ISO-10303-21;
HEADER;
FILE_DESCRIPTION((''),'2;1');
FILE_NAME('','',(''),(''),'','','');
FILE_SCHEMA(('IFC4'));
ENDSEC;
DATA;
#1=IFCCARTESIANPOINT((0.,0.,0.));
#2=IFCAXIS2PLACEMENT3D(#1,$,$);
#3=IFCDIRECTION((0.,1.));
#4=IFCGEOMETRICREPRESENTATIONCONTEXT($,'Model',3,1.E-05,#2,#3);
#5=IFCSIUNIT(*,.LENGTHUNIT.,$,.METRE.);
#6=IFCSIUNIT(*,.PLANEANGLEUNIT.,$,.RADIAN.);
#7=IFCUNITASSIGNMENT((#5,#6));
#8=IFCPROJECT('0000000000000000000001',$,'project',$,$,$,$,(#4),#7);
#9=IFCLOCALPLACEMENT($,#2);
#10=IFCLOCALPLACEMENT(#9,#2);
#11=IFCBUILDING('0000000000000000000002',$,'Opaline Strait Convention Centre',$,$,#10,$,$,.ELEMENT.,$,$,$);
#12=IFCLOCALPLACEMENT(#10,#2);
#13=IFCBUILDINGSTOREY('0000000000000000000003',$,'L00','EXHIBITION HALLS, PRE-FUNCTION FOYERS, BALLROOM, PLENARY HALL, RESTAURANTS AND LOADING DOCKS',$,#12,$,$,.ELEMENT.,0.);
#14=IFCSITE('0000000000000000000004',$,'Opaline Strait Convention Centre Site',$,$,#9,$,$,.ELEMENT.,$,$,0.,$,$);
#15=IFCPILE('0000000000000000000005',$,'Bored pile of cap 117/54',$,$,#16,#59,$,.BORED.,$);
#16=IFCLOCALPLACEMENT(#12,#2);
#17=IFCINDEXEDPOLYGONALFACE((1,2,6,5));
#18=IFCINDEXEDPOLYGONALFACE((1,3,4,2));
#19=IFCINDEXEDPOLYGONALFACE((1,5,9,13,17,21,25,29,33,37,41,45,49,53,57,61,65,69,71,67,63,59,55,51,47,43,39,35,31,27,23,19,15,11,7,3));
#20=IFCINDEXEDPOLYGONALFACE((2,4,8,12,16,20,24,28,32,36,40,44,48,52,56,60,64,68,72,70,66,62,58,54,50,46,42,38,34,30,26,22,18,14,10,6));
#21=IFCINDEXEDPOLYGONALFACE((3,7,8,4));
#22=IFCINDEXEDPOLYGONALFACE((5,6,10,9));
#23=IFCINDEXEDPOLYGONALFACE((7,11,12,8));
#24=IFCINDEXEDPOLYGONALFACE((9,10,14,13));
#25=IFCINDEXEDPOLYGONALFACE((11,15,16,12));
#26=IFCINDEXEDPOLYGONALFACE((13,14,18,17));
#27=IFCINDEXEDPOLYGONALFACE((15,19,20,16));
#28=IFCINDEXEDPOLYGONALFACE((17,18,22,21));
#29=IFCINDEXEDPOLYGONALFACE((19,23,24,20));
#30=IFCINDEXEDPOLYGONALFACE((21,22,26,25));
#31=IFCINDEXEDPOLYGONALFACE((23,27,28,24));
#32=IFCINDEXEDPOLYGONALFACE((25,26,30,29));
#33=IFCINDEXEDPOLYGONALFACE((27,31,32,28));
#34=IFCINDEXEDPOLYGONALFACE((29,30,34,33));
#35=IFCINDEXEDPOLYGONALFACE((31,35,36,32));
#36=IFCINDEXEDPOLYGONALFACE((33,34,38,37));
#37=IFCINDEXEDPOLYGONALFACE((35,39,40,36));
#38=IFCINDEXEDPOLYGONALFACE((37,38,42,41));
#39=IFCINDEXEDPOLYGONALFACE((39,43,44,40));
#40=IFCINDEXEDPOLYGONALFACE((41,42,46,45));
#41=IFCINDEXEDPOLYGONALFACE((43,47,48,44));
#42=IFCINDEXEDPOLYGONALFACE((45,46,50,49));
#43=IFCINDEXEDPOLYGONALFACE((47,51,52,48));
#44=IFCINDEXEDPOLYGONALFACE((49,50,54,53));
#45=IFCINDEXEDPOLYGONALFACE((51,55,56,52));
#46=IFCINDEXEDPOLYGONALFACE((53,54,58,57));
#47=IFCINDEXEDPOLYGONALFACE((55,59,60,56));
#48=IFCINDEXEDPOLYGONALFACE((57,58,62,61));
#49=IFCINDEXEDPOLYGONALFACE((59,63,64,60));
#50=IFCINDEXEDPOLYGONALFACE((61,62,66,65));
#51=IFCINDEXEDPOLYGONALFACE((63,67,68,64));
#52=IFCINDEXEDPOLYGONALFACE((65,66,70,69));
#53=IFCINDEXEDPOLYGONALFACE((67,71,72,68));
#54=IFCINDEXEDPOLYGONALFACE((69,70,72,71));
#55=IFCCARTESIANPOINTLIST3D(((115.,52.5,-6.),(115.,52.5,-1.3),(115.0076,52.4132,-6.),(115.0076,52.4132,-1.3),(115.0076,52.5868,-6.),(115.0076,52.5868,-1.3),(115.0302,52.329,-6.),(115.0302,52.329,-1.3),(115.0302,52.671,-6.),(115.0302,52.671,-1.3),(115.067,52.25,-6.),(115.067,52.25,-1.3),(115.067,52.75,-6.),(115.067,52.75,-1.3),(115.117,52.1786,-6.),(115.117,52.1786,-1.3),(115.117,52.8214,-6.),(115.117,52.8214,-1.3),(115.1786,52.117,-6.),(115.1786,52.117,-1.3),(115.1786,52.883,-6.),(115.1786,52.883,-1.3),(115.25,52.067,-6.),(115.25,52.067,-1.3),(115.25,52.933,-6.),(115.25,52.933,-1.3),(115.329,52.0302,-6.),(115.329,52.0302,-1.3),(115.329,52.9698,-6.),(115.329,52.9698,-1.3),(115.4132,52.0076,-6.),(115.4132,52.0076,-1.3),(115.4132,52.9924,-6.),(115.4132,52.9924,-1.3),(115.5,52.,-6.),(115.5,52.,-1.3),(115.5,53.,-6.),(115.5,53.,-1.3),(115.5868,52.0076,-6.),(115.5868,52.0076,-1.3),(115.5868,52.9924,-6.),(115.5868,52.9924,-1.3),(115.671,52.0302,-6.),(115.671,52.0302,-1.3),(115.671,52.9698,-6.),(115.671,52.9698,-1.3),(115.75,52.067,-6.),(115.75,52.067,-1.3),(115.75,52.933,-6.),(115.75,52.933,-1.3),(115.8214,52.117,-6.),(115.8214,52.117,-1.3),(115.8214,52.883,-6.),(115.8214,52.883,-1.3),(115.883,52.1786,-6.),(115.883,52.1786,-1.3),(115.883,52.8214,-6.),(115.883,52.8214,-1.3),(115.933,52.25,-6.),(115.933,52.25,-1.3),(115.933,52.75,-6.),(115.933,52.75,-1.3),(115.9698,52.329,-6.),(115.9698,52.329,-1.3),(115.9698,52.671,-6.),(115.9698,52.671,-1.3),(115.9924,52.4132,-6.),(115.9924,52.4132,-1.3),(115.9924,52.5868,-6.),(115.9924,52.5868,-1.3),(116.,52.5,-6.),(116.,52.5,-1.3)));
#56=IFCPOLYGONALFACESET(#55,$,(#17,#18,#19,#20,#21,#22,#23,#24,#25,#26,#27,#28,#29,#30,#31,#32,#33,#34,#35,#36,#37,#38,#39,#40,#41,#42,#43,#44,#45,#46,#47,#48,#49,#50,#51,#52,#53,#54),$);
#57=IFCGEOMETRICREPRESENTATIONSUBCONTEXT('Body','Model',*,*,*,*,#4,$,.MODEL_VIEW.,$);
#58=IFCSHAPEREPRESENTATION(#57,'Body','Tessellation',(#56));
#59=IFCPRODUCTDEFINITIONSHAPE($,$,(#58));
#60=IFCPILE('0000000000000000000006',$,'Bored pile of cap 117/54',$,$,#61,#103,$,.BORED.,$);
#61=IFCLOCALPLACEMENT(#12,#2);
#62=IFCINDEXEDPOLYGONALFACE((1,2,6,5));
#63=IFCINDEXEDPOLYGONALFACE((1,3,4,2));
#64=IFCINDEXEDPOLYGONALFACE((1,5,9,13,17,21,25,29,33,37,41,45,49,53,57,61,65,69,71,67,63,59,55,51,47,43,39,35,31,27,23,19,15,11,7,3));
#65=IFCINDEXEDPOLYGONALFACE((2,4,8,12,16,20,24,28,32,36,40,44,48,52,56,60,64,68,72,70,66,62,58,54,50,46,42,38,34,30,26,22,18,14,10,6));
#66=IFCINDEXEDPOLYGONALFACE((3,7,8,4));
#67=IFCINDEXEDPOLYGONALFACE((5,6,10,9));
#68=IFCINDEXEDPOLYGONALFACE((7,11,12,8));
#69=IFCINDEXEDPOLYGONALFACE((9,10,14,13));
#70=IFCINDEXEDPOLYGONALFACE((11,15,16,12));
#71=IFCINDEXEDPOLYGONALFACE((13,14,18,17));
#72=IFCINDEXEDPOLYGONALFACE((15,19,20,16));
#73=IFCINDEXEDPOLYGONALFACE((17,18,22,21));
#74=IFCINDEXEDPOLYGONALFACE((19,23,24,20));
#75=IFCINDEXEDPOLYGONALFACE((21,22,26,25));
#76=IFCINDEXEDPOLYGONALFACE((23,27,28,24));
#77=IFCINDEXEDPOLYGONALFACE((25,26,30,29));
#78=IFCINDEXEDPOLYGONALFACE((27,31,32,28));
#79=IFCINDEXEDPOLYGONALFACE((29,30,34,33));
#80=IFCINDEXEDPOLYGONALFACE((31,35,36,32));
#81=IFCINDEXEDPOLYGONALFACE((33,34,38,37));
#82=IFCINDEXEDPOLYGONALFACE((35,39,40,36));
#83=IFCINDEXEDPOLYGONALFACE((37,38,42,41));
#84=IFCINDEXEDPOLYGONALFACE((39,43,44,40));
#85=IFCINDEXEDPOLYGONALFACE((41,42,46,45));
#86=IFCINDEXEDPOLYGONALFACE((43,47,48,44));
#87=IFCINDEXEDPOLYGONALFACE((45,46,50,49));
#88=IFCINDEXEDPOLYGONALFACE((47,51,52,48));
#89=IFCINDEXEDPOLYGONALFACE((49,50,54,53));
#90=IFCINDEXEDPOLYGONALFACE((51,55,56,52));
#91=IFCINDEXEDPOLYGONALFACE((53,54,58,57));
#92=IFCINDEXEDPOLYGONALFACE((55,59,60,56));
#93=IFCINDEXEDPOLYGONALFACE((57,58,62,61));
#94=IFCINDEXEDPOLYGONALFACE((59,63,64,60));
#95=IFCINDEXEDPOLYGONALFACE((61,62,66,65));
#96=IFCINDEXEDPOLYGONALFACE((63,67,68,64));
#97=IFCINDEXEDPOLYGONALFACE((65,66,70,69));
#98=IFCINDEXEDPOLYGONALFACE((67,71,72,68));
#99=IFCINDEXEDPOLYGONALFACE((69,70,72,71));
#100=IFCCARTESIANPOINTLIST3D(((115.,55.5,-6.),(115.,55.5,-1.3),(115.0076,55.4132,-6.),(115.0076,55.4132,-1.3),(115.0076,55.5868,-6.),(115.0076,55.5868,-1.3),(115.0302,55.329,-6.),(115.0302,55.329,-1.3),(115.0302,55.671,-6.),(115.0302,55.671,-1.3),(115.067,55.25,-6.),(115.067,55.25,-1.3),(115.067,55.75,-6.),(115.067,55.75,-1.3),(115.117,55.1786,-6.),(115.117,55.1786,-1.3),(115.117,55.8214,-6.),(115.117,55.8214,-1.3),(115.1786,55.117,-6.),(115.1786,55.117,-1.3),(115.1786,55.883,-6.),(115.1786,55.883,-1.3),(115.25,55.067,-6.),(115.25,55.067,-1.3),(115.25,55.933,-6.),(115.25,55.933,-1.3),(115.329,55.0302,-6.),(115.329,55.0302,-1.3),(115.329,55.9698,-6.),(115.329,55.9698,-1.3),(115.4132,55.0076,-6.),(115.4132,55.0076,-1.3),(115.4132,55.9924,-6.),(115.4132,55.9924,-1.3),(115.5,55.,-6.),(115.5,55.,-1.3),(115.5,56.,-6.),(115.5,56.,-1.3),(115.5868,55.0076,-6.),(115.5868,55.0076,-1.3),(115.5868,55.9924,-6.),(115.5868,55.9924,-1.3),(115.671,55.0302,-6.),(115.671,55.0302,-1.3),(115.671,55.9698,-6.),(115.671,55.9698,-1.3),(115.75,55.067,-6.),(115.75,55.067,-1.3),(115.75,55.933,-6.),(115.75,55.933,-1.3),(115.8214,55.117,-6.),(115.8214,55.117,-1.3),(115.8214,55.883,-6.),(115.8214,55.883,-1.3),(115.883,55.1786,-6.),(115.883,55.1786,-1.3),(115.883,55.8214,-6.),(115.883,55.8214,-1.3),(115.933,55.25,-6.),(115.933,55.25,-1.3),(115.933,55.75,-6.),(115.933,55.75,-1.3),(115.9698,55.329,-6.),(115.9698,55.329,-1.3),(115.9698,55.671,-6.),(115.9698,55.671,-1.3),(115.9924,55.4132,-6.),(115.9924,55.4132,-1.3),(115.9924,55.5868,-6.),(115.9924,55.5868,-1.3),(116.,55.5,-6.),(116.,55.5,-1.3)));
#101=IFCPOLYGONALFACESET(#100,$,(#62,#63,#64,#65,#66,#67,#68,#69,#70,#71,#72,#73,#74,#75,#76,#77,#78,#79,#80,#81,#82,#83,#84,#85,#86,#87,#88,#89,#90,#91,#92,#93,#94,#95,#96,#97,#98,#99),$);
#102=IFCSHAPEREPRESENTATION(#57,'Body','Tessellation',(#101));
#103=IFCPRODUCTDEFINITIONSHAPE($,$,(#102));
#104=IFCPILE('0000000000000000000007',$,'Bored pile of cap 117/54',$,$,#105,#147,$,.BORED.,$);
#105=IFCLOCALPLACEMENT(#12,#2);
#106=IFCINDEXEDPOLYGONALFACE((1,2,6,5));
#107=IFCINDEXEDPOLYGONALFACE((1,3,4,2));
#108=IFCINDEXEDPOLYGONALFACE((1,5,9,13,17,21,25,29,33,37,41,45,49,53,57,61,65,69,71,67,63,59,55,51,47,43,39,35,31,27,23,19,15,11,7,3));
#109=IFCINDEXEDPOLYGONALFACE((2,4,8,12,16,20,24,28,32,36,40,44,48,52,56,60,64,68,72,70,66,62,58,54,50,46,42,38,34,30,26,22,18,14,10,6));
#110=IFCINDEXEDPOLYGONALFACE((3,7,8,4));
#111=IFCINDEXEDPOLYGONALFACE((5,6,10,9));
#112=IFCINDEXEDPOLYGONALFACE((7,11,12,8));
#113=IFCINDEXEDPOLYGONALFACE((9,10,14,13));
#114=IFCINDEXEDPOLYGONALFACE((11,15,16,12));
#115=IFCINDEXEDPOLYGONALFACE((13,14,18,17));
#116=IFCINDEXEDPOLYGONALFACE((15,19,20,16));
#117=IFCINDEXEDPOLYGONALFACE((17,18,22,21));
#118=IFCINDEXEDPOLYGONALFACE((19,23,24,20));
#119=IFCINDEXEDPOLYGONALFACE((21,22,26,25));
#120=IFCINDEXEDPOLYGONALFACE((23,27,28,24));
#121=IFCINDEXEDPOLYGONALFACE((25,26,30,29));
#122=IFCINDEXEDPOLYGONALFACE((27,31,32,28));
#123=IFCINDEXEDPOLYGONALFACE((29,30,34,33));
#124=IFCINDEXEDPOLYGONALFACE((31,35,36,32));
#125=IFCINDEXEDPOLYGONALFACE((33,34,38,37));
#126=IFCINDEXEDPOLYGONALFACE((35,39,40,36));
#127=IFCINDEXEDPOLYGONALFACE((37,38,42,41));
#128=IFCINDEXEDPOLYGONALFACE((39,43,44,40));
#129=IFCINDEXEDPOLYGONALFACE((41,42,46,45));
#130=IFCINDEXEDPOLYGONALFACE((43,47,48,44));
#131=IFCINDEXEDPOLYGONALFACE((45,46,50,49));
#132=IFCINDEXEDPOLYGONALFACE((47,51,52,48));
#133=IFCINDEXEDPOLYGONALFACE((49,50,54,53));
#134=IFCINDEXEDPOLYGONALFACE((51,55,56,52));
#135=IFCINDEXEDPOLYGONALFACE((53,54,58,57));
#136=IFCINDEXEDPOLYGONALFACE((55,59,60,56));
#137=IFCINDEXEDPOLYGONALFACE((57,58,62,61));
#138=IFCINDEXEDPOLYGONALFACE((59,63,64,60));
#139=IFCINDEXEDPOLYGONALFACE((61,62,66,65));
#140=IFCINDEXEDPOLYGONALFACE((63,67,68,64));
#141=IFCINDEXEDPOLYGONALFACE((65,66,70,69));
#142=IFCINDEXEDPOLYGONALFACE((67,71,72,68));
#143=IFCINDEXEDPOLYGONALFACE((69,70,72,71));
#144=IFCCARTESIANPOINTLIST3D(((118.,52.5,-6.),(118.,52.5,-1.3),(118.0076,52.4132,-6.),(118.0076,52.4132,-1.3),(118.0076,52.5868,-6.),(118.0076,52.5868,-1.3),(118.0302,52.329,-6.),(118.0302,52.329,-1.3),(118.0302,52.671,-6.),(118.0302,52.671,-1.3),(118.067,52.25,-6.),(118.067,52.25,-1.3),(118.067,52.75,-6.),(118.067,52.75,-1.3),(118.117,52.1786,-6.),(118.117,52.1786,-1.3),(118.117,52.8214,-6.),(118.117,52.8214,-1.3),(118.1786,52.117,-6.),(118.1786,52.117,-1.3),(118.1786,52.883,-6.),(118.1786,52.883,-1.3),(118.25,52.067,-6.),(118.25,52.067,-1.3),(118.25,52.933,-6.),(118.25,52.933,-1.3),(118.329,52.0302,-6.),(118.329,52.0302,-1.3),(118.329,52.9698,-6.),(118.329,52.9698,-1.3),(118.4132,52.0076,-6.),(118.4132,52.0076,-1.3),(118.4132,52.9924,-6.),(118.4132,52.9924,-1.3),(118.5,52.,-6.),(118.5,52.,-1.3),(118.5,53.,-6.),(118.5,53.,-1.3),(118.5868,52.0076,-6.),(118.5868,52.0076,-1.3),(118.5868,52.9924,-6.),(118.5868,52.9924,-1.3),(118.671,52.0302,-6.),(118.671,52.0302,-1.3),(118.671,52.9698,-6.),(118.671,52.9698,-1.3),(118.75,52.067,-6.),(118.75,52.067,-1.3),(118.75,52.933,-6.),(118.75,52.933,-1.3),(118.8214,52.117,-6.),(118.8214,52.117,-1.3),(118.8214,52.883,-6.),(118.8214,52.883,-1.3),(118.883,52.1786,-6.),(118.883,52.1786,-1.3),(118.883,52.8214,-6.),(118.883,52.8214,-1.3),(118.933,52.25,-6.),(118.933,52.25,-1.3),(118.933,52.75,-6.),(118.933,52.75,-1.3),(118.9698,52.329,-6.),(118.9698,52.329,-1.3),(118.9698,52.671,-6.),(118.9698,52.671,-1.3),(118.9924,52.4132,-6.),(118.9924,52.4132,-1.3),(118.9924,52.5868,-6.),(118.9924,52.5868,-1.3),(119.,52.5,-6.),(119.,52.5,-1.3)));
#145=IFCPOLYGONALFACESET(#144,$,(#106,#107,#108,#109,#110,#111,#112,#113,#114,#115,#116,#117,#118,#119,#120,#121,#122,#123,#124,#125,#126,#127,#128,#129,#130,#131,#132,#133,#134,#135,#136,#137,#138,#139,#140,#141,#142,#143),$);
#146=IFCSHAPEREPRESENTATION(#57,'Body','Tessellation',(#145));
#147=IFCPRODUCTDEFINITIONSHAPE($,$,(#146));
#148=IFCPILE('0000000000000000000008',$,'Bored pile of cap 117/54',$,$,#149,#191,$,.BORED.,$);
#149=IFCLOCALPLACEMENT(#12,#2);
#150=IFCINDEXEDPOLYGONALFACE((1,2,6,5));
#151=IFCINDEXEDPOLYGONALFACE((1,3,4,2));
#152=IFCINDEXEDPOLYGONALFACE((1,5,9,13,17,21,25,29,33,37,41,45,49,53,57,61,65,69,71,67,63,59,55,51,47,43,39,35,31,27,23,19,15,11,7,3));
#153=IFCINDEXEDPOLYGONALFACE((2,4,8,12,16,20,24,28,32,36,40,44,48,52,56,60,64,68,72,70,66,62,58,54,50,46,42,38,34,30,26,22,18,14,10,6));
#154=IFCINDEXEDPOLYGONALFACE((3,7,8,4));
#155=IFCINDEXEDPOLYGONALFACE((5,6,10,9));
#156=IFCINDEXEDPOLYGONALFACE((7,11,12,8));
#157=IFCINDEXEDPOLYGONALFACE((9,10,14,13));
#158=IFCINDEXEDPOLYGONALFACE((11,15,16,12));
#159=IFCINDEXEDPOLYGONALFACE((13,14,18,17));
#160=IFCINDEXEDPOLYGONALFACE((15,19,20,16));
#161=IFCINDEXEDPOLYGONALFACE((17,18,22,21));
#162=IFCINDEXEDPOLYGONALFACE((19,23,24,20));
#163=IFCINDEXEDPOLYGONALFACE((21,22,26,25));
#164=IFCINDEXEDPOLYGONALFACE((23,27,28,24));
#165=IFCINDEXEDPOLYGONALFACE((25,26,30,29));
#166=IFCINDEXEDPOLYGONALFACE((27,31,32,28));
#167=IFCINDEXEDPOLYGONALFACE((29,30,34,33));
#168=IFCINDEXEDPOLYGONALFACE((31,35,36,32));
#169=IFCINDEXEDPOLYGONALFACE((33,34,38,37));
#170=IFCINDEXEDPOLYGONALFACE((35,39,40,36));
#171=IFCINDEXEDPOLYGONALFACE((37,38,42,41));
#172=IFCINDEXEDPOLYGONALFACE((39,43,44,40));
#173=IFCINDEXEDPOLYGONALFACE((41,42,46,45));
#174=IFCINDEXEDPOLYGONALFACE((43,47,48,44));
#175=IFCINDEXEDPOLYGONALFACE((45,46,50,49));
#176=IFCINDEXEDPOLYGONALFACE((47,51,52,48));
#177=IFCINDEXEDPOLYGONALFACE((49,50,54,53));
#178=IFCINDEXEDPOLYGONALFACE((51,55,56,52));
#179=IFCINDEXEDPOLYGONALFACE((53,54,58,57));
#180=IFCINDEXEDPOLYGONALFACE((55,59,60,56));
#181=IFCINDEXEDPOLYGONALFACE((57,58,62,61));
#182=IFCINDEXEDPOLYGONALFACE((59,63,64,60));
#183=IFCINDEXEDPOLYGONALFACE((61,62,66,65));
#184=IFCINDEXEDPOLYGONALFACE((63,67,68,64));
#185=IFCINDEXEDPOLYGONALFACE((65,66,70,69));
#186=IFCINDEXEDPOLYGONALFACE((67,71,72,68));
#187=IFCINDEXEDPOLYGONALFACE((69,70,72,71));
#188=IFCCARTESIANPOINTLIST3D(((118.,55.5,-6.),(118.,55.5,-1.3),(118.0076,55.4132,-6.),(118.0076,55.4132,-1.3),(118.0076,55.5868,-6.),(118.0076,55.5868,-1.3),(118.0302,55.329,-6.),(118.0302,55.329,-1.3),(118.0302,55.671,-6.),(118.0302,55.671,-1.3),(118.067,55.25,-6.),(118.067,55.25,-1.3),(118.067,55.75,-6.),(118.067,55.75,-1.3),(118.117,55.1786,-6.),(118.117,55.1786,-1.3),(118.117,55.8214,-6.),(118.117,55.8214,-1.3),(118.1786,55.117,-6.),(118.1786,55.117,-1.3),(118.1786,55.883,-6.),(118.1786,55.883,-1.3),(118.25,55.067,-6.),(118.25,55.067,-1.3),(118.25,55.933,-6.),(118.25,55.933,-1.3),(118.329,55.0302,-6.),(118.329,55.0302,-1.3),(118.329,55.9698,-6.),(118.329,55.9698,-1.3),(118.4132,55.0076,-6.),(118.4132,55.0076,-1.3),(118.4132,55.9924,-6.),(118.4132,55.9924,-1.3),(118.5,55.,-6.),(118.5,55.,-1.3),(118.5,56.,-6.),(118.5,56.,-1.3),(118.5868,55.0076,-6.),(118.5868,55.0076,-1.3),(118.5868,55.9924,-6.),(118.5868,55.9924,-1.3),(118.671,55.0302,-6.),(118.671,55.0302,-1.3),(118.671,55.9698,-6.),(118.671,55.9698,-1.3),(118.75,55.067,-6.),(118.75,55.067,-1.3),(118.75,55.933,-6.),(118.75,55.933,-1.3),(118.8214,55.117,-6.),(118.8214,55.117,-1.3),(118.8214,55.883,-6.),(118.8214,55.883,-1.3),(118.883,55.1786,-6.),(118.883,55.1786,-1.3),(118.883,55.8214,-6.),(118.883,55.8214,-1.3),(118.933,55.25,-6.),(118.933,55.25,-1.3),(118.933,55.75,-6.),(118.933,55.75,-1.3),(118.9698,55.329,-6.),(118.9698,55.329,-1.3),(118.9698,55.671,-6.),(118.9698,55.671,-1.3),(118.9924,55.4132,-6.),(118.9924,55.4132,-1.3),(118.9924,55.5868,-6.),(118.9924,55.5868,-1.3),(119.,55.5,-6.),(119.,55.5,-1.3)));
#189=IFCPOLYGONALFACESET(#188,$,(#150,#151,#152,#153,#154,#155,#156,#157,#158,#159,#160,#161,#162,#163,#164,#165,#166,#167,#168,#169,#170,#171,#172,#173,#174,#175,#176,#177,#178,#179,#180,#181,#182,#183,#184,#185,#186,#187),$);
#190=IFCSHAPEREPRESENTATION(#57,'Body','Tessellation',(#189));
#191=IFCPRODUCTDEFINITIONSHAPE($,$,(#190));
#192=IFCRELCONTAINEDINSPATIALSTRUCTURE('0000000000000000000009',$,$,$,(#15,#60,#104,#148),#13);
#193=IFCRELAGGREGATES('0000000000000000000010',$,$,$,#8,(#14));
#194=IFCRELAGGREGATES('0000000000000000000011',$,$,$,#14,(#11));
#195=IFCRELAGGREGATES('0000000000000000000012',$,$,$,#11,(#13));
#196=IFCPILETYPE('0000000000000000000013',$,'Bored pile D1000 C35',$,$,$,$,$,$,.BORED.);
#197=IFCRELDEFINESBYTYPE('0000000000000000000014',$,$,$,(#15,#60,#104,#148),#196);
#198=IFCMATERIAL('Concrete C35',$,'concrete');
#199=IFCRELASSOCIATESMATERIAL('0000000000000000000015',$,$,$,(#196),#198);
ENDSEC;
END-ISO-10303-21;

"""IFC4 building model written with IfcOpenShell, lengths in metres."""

from ifc_helpers import new_model, si_unit, direction, frame, origin, origin_2d, place, context, subcontext, project, spatial, circle, extrude, material, material_profile, profile_set, type_object, element, save


model = new_model("IFC4")

# Units and contexts
model_context = context("Model", 3, precision=1e-05, world=origin(), true_north=direction((0.0, 1.0)))
body_context = subcontext(model_context, "Body", "Model", "MODEL_VIEW")
ifc_project = project(units=[si_unit("LENGTHUNIT", "METRE"), si_unit("PLANEANGLEUNIT", "RADIAN")], contexts=[model_context])

# Site, building, storey
site_placement = place(None, origin())
site = spatial("IfcSite", under=ifc_project, at=site_placement, Name="Opaline Strait Convention Centre Site", CompositionType="ELEMENT", RefElevation=0.0)
building_placement = place(site_placement, origin())
building = spatial("IfcBuilding", under=site, at=building_placement, Name="Opaline Strait Convention Centre", CompositionType="ELEMENT")
storey_placement = place(building_placement, origin())
storey = spatial("IfcBuildingStorey", under=building, at=storey_placement, Name="L00", Description="EXHIBITION HALLS, PRE-FUNCTION FOYERS, BALLROOM, PLENARY HALL, RESTAURANTS AND LOADING DOCKS", CompositionType="ELEMENT", Elevation=0.0)

# Piles
ifc_material_1 = material(Name="Concrete C35", Category="concrete")
ifc_material_profile_1 = material_profile(ifc_material_1, circle(Radius=0.5, at=origin_2d()), Name="D1000")
ifc_profile_set_1 = profile_set([ifc_material_profile_1], Name="Concrete C35")
pile_type_1 = type_object("IfcPileType", Name="Bored pile D1000 C35", PredefinedType="BORED", material=ifc_profile_set_1)
for number, where, z_axis, x_axis, name in (
    (1, (115.5, 52.5, -1.3), (0.0, 0.0, -1.0), (1.0, 0.0, 0.0), "Bored pile of cap 117/54"),
    (2, (115.5, 55.5, -1.3), (0.0, 0.0, -1.0), (1.0, 0.0, 0.0), "Bored pile of cap 117/54"),
    (3, (118.5, 52.5, -1.3), (0.0, 0.0, -1.0), (1.0, 0.0, 0.0), "Bored pile of cap 117/54"),
    (4, (118.5, 55.5, -1.3), (0.0, 0.0, -1.0), (1.0, 0.0, 0.0), "Bored pile of cap 117/54"),
):
    element("IfcPile", number, at=place(storey_placement, frame(where, z_axis=z_axis, x_axis=x_axis)), inside=storey, type_object=pile_type_1, Name=name, PredefinedType="BORED", context=body_context, shape_type="SweptSolid", body=[
        extrude(circle(Radius=0.5, at=origin_2d()), origin(), (0.0, 0.0, 1.0), 4.7),
    ])

save(model, "model.ifc")
